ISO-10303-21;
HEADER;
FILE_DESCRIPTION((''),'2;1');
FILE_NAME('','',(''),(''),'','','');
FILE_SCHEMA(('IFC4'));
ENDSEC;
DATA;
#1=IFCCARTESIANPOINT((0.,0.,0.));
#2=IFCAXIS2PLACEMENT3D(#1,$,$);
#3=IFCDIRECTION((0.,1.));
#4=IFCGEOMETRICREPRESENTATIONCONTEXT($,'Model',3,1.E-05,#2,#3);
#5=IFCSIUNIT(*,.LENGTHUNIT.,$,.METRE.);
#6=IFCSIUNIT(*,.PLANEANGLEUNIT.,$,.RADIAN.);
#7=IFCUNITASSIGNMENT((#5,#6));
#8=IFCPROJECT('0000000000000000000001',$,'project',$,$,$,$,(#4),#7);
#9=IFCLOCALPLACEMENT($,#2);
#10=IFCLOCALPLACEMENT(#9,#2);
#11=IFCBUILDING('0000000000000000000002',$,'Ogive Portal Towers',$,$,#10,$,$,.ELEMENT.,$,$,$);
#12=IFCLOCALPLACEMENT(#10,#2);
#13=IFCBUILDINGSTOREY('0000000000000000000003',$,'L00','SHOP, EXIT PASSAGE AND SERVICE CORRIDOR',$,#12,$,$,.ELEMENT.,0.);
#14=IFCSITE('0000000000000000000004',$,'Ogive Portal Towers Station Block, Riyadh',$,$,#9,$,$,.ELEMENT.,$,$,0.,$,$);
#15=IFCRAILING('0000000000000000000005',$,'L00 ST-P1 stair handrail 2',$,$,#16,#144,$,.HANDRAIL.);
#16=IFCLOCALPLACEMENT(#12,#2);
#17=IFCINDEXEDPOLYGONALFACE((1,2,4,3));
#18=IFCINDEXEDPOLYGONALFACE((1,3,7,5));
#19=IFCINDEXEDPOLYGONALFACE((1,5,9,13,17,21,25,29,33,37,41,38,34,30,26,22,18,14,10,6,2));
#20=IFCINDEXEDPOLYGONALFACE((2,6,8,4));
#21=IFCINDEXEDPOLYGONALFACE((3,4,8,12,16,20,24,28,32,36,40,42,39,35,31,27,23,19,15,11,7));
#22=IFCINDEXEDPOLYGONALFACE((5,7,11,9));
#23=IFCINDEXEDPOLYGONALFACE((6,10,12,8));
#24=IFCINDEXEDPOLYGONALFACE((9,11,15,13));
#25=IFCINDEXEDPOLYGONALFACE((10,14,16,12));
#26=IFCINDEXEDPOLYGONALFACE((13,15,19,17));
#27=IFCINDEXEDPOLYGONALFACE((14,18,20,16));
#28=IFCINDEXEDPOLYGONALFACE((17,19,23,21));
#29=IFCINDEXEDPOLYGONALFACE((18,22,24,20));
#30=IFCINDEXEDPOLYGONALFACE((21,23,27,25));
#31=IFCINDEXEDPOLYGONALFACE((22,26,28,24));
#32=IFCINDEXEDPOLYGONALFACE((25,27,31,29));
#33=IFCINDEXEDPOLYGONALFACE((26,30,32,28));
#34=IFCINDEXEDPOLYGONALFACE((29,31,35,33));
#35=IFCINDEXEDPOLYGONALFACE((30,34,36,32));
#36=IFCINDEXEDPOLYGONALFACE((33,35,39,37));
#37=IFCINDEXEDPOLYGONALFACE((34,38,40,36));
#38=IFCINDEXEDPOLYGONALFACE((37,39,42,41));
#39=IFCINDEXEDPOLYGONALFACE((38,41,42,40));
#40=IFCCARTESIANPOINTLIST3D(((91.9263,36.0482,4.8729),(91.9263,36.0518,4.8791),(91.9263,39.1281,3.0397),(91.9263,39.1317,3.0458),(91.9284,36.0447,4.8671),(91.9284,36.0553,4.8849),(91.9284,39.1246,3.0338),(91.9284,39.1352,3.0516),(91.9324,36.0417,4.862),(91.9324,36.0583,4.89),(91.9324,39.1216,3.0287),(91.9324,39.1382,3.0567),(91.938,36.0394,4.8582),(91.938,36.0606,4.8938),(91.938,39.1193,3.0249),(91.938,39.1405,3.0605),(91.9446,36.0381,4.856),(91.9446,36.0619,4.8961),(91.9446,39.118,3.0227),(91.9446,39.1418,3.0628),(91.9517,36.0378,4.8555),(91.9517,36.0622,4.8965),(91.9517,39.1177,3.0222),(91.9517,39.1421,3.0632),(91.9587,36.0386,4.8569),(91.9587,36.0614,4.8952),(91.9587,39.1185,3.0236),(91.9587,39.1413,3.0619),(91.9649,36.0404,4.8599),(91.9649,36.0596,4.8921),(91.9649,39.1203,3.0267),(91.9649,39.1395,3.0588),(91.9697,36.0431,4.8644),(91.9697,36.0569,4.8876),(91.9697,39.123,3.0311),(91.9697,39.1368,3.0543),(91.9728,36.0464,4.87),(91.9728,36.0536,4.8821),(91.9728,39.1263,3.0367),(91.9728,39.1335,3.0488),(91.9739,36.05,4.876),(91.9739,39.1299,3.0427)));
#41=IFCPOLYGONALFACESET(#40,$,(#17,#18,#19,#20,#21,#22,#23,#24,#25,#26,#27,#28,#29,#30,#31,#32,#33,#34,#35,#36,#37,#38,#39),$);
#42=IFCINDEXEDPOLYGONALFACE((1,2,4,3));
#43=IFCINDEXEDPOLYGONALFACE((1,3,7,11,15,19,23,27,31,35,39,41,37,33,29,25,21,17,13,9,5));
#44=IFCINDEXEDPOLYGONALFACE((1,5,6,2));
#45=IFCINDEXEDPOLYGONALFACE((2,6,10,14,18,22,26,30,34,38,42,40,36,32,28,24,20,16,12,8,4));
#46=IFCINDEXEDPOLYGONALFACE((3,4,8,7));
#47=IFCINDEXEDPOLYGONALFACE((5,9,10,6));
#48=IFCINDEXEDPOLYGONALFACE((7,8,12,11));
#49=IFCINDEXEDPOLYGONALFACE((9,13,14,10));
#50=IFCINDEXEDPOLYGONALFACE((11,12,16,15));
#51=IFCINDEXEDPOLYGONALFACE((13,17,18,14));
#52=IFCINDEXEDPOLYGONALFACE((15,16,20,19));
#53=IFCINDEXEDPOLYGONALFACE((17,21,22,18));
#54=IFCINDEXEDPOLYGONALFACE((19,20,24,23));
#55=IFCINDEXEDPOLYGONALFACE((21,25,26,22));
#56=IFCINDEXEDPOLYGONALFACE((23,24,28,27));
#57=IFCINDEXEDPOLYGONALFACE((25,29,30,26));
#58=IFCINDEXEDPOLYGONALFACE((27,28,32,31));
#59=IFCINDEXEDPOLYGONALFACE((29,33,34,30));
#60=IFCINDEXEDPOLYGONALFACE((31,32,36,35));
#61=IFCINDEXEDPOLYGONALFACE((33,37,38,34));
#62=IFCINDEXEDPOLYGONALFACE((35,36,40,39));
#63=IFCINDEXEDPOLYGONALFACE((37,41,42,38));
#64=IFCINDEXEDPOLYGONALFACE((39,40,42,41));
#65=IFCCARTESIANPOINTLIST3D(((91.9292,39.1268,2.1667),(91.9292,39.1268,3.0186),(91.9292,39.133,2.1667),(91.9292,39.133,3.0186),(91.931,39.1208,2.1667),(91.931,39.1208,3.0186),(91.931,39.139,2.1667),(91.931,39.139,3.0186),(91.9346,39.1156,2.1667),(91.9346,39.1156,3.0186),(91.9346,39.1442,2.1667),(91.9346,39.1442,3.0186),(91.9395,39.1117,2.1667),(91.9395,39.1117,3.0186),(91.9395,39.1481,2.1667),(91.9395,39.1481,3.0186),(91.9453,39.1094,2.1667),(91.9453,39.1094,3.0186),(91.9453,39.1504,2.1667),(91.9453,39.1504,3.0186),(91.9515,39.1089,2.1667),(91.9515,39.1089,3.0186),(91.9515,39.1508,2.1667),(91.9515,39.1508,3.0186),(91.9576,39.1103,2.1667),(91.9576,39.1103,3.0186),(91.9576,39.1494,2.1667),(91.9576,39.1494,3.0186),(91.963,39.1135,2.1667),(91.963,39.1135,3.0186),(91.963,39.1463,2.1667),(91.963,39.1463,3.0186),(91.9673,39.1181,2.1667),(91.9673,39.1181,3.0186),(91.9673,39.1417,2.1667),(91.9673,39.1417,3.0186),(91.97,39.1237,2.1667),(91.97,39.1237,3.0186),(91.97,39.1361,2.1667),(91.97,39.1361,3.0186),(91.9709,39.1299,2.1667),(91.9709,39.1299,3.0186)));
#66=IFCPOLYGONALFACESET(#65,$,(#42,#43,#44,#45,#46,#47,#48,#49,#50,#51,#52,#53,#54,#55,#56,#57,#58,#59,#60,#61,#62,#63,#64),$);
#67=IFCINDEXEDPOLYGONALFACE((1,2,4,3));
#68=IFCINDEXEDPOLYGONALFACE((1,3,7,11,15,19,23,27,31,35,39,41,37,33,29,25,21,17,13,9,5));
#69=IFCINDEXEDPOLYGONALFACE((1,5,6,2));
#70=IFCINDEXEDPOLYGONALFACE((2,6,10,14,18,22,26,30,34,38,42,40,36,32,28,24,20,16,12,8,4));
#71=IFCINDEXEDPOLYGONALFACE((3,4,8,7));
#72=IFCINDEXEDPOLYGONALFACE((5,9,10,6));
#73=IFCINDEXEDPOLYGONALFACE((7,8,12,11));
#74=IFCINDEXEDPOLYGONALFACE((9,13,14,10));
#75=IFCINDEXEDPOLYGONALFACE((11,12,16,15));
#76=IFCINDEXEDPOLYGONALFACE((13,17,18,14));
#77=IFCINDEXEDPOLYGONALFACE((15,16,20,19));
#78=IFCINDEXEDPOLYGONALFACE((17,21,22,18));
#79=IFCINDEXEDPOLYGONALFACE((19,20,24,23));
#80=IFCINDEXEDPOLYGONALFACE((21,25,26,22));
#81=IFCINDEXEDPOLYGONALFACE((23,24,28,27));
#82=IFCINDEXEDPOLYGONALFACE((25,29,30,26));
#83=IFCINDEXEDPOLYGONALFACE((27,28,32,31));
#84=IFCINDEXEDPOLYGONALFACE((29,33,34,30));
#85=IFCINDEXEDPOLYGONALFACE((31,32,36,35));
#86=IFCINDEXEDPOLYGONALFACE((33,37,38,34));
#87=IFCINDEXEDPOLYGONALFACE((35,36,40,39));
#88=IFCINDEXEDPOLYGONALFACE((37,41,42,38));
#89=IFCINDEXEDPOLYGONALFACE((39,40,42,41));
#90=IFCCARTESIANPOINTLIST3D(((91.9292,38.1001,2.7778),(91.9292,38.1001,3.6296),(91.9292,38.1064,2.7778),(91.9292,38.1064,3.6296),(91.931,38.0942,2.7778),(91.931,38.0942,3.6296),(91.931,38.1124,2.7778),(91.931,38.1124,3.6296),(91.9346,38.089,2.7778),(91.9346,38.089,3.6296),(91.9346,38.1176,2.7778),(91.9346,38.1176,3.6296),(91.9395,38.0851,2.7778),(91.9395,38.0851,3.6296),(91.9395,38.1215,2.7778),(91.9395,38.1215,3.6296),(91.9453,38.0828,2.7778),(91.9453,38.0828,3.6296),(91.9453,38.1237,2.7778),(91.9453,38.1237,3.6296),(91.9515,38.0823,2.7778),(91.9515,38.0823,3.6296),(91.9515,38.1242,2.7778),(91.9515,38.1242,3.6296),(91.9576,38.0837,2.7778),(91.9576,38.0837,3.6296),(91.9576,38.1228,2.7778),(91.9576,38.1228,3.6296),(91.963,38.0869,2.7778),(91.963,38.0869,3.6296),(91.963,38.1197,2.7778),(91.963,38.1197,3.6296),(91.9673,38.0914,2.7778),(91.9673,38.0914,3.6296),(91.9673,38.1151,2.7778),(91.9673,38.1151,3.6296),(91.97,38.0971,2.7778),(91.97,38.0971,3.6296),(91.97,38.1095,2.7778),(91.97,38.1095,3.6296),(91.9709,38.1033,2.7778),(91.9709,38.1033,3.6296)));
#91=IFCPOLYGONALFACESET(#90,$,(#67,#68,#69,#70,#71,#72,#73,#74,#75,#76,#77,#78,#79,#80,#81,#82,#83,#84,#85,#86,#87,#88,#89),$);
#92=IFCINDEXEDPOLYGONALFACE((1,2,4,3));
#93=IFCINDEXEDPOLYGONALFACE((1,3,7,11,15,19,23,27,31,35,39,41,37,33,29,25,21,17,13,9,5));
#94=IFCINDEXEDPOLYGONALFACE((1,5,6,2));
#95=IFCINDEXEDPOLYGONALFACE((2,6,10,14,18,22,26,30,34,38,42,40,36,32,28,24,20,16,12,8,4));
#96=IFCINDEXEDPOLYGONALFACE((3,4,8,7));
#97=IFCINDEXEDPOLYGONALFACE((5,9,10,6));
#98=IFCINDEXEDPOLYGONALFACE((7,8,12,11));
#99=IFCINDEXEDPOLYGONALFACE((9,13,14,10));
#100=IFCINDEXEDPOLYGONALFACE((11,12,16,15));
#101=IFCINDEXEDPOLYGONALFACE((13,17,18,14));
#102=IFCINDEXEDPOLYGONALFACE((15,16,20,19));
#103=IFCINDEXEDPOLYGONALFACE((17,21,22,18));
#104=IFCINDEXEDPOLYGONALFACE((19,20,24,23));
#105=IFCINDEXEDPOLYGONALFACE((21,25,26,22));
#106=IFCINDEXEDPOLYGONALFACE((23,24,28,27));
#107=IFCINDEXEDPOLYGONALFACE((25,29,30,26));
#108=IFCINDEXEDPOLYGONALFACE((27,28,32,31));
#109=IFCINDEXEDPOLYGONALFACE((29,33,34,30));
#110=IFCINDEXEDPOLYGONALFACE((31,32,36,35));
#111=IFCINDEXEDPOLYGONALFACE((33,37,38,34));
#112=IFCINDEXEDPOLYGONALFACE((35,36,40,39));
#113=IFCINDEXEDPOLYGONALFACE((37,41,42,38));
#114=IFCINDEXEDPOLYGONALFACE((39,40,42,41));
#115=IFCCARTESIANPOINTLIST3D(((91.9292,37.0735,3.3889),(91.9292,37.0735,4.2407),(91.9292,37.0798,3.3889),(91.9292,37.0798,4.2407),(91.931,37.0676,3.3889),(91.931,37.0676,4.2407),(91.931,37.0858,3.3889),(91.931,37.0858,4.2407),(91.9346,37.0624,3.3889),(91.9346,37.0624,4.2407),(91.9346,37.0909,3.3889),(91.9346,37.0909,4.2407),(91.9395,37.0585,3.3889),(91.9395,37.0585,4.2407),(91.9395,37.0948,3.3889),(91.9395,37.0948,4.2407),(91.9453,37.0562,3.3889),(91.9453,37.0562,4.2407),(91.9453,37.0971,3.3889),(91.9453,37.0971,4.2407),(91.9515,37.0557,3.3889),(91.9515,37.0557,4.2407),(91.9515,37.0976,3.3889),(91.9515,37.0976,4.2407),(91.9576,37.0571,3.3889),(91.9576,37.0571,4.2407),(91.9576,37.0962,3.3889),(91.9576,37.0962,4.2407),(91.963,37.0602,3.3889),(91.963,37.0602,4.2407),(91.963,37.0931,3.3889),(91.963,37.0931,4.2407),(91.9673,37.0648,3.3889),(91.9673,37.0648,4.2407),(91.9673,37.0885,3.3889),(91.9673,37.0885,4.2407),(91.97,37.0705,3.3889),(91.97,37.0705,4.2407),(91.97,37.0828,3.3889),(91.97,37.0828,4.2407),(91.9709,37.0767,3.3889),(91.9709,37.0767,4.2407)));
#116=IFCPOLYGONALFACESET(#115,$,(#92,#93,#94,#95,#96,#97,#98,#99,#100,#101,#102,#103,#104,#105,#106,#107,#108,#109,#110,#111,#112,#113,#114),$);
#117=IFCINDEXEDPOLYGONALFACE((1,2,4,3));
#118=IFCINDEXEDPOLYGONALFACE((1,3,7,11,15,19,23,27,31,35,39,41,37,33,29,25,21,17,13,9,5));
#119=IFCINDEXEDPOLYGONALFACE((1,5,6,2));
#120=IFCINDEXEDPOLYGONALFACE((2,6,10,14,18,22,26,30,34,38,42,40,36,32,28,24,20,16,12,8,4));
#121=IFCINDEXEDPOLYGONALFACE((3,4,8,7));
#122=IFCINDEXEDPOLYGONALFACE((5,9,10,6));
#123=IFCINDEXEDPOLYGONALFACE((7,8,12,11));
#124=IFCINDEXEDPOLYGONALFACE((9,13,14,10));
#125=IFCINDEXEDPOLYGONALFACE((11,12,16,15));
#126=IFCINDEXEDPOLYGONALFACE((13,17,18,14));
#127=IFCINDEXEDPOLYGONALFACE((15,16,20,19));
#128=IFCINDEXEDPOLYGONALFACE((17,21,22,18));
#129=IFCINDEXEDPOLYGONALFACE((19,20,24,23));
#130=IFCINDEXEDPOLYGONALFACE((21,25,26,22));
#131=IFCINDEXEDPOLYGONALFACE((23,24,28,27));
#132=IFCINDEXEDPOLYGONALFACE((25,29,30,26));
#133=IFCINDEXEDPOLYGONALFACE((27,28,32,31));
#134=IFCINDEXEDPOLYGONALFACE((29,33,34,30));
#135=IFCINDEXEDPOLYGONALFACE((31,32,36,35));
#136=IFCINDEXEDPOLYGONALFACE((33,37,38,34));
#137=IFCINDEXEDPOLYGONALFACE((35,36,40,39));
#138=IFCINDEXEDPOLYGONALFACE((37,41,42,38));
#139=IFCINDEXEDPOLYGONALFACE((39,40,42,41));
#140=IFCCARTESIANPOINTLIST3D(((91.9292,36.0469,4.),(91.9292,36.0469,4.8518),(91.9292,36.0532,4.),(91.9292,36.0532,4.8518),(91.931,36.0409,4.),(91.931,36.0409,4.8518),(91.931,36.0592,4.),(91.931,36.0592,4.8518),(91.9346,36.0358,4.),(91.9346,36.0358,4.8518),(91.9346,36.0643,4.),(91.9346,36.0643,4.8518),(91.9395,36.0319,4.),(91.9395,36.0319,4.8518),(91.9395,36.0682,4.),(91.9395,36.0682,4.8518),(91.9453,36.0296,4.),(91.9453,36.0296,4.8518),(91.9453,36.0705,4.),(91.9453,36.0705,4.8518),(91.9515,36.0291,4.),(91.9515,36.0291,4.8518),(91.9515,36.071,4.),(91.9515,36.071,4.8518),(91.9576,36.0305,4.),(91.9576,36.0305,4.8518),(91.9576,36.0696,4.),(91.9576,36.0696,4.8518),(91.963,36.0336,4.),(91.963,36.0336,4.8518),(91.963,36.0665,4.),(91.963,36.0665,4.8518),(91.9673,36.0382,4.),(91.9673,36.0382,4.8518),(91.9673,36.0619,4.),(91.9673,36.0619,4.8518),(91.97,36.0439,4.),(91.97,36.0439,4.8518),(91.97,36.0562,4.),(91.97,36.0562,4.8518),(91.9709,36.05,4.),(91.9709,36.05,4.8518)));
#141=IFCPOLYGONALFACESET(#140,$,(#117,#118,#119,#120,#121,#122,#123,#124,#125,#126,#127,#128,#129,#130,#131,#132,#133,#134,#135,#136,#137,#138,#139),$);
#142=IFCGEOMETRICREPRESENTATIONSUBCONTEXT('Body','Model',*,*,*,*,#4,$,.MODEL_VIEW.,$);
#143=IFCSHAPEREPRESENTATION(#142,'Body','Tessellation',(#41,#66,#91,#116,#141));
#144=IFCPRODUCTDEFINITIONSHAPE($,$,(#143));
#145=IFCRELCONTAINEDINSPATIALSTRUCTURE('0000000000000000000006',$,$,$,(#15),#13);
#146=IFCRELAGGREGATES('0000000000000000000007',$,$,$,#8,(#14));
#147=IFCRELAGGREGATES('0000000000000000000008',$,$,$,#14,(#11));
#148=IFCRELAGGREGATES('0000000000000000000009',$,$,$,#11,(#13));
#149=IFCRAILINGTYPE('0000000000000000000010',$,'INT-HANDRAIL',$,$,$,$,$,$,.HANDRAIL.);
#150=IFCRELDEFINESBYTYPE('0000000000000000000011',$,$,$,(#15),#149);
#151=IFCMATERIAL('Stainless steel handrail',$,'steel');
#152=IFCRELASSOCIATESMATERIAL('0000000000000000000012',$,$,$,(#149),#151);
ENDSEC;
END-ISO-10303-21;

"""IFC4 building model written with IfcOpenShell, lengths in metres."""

from ifc_helpers import new_model, si_unit, direction, frame, origin, origin_2d, place, context, subcontext, project, spatial, circle, extrude, material, type_object, element, save


model = new_model("IFC4")

# Units and contexts
model_context = context("Model", 3, precision=1e-05, world=origin(), true_north=direction((0.0, 1.0)))
body_context = subcontext(model_context, "Body", "Model", "MODEL_VIEW")
ifc_project = project(units=[si_unit("LENGTHUNIT", "METRE"), si_unit("PLANEANGLEUNIT", "RADIAN")], contexts=[model_context])

# Site, building, storey
site_placement = place(None, origin())
site = spatial("IfcSite", under=ifc_project, at=site_placement, Name="Ogive Portal Towers Station Block, Riyadh", CompositionType="ELEMENT", RefElevation=0.0)
building_placement = place(site_placement, origin())
building = spatial("IfcBuilding", under=site, at=building_placement, Name="Ogive Portal Towers", CompositionType="ELEMENT")
storey_placement = place(building_placement, origin())
storey = spatial("IfcBuildingStorey", under=building, at=storey_placement, Name="L00", Description="SHOP, EXIT PASSAGE AND SERVICE CORRIDOR", CompositionType="ELEMENT", Elevation=0.0)

# Railing
ifc_material_1 = material(Name="Stainless steel handrail", Category="steel")
railing_type_1 = type_object("IfcRailingType", Name="INT-HANDRAIL", PredefinedType="HANDRAIL", material=ifc_material_1)
railing_1_placement = place(storey_placement, frame((91.95, 39.1299, 2.1667)))
element("IfcRailing", 1, at=railing_1_placement, inside=storey, type_object=railing_type_1, Name="L00 ST-P1 stair handrail 2", PredefinedType="HANDRAIL", context=body_context, shape_type="SweptSolid", body=[
    extrude(circle(Radius=0.0239, at=origin_2d()), frame((0.0, 0.0, 0.876), z_axis=(0.0, -0.859291, 0.511487), x_axis=(1.0, 0.0, 0.0)), (0.0, 0.0, 1.0), 3.5842),
    extrude(circle(Radius=0.021, at=origin_2d()), origin(), (0.0, 0.0, 1.0), 0.8518),
    extrude(circle(Radius=0.021, at=origin_2d()), frame((0.0, -1.0266, 0.6111)), (0.0, 0.0, 1.0), 0.8518),
    extrude(circle(Radius=0.021, at=origin_2d()), frame((0.0, -2.0532, 1.2222)), (0.0, 0.0, 1.0), 0.8518),
    extrude(circle(Radius=0.021, at=origin_2d()), frame((0.0, -3.0798, 1.8333)), (0.0, 0.0, 1.0), 0.8518),
])

save(model, "model.ifc")
